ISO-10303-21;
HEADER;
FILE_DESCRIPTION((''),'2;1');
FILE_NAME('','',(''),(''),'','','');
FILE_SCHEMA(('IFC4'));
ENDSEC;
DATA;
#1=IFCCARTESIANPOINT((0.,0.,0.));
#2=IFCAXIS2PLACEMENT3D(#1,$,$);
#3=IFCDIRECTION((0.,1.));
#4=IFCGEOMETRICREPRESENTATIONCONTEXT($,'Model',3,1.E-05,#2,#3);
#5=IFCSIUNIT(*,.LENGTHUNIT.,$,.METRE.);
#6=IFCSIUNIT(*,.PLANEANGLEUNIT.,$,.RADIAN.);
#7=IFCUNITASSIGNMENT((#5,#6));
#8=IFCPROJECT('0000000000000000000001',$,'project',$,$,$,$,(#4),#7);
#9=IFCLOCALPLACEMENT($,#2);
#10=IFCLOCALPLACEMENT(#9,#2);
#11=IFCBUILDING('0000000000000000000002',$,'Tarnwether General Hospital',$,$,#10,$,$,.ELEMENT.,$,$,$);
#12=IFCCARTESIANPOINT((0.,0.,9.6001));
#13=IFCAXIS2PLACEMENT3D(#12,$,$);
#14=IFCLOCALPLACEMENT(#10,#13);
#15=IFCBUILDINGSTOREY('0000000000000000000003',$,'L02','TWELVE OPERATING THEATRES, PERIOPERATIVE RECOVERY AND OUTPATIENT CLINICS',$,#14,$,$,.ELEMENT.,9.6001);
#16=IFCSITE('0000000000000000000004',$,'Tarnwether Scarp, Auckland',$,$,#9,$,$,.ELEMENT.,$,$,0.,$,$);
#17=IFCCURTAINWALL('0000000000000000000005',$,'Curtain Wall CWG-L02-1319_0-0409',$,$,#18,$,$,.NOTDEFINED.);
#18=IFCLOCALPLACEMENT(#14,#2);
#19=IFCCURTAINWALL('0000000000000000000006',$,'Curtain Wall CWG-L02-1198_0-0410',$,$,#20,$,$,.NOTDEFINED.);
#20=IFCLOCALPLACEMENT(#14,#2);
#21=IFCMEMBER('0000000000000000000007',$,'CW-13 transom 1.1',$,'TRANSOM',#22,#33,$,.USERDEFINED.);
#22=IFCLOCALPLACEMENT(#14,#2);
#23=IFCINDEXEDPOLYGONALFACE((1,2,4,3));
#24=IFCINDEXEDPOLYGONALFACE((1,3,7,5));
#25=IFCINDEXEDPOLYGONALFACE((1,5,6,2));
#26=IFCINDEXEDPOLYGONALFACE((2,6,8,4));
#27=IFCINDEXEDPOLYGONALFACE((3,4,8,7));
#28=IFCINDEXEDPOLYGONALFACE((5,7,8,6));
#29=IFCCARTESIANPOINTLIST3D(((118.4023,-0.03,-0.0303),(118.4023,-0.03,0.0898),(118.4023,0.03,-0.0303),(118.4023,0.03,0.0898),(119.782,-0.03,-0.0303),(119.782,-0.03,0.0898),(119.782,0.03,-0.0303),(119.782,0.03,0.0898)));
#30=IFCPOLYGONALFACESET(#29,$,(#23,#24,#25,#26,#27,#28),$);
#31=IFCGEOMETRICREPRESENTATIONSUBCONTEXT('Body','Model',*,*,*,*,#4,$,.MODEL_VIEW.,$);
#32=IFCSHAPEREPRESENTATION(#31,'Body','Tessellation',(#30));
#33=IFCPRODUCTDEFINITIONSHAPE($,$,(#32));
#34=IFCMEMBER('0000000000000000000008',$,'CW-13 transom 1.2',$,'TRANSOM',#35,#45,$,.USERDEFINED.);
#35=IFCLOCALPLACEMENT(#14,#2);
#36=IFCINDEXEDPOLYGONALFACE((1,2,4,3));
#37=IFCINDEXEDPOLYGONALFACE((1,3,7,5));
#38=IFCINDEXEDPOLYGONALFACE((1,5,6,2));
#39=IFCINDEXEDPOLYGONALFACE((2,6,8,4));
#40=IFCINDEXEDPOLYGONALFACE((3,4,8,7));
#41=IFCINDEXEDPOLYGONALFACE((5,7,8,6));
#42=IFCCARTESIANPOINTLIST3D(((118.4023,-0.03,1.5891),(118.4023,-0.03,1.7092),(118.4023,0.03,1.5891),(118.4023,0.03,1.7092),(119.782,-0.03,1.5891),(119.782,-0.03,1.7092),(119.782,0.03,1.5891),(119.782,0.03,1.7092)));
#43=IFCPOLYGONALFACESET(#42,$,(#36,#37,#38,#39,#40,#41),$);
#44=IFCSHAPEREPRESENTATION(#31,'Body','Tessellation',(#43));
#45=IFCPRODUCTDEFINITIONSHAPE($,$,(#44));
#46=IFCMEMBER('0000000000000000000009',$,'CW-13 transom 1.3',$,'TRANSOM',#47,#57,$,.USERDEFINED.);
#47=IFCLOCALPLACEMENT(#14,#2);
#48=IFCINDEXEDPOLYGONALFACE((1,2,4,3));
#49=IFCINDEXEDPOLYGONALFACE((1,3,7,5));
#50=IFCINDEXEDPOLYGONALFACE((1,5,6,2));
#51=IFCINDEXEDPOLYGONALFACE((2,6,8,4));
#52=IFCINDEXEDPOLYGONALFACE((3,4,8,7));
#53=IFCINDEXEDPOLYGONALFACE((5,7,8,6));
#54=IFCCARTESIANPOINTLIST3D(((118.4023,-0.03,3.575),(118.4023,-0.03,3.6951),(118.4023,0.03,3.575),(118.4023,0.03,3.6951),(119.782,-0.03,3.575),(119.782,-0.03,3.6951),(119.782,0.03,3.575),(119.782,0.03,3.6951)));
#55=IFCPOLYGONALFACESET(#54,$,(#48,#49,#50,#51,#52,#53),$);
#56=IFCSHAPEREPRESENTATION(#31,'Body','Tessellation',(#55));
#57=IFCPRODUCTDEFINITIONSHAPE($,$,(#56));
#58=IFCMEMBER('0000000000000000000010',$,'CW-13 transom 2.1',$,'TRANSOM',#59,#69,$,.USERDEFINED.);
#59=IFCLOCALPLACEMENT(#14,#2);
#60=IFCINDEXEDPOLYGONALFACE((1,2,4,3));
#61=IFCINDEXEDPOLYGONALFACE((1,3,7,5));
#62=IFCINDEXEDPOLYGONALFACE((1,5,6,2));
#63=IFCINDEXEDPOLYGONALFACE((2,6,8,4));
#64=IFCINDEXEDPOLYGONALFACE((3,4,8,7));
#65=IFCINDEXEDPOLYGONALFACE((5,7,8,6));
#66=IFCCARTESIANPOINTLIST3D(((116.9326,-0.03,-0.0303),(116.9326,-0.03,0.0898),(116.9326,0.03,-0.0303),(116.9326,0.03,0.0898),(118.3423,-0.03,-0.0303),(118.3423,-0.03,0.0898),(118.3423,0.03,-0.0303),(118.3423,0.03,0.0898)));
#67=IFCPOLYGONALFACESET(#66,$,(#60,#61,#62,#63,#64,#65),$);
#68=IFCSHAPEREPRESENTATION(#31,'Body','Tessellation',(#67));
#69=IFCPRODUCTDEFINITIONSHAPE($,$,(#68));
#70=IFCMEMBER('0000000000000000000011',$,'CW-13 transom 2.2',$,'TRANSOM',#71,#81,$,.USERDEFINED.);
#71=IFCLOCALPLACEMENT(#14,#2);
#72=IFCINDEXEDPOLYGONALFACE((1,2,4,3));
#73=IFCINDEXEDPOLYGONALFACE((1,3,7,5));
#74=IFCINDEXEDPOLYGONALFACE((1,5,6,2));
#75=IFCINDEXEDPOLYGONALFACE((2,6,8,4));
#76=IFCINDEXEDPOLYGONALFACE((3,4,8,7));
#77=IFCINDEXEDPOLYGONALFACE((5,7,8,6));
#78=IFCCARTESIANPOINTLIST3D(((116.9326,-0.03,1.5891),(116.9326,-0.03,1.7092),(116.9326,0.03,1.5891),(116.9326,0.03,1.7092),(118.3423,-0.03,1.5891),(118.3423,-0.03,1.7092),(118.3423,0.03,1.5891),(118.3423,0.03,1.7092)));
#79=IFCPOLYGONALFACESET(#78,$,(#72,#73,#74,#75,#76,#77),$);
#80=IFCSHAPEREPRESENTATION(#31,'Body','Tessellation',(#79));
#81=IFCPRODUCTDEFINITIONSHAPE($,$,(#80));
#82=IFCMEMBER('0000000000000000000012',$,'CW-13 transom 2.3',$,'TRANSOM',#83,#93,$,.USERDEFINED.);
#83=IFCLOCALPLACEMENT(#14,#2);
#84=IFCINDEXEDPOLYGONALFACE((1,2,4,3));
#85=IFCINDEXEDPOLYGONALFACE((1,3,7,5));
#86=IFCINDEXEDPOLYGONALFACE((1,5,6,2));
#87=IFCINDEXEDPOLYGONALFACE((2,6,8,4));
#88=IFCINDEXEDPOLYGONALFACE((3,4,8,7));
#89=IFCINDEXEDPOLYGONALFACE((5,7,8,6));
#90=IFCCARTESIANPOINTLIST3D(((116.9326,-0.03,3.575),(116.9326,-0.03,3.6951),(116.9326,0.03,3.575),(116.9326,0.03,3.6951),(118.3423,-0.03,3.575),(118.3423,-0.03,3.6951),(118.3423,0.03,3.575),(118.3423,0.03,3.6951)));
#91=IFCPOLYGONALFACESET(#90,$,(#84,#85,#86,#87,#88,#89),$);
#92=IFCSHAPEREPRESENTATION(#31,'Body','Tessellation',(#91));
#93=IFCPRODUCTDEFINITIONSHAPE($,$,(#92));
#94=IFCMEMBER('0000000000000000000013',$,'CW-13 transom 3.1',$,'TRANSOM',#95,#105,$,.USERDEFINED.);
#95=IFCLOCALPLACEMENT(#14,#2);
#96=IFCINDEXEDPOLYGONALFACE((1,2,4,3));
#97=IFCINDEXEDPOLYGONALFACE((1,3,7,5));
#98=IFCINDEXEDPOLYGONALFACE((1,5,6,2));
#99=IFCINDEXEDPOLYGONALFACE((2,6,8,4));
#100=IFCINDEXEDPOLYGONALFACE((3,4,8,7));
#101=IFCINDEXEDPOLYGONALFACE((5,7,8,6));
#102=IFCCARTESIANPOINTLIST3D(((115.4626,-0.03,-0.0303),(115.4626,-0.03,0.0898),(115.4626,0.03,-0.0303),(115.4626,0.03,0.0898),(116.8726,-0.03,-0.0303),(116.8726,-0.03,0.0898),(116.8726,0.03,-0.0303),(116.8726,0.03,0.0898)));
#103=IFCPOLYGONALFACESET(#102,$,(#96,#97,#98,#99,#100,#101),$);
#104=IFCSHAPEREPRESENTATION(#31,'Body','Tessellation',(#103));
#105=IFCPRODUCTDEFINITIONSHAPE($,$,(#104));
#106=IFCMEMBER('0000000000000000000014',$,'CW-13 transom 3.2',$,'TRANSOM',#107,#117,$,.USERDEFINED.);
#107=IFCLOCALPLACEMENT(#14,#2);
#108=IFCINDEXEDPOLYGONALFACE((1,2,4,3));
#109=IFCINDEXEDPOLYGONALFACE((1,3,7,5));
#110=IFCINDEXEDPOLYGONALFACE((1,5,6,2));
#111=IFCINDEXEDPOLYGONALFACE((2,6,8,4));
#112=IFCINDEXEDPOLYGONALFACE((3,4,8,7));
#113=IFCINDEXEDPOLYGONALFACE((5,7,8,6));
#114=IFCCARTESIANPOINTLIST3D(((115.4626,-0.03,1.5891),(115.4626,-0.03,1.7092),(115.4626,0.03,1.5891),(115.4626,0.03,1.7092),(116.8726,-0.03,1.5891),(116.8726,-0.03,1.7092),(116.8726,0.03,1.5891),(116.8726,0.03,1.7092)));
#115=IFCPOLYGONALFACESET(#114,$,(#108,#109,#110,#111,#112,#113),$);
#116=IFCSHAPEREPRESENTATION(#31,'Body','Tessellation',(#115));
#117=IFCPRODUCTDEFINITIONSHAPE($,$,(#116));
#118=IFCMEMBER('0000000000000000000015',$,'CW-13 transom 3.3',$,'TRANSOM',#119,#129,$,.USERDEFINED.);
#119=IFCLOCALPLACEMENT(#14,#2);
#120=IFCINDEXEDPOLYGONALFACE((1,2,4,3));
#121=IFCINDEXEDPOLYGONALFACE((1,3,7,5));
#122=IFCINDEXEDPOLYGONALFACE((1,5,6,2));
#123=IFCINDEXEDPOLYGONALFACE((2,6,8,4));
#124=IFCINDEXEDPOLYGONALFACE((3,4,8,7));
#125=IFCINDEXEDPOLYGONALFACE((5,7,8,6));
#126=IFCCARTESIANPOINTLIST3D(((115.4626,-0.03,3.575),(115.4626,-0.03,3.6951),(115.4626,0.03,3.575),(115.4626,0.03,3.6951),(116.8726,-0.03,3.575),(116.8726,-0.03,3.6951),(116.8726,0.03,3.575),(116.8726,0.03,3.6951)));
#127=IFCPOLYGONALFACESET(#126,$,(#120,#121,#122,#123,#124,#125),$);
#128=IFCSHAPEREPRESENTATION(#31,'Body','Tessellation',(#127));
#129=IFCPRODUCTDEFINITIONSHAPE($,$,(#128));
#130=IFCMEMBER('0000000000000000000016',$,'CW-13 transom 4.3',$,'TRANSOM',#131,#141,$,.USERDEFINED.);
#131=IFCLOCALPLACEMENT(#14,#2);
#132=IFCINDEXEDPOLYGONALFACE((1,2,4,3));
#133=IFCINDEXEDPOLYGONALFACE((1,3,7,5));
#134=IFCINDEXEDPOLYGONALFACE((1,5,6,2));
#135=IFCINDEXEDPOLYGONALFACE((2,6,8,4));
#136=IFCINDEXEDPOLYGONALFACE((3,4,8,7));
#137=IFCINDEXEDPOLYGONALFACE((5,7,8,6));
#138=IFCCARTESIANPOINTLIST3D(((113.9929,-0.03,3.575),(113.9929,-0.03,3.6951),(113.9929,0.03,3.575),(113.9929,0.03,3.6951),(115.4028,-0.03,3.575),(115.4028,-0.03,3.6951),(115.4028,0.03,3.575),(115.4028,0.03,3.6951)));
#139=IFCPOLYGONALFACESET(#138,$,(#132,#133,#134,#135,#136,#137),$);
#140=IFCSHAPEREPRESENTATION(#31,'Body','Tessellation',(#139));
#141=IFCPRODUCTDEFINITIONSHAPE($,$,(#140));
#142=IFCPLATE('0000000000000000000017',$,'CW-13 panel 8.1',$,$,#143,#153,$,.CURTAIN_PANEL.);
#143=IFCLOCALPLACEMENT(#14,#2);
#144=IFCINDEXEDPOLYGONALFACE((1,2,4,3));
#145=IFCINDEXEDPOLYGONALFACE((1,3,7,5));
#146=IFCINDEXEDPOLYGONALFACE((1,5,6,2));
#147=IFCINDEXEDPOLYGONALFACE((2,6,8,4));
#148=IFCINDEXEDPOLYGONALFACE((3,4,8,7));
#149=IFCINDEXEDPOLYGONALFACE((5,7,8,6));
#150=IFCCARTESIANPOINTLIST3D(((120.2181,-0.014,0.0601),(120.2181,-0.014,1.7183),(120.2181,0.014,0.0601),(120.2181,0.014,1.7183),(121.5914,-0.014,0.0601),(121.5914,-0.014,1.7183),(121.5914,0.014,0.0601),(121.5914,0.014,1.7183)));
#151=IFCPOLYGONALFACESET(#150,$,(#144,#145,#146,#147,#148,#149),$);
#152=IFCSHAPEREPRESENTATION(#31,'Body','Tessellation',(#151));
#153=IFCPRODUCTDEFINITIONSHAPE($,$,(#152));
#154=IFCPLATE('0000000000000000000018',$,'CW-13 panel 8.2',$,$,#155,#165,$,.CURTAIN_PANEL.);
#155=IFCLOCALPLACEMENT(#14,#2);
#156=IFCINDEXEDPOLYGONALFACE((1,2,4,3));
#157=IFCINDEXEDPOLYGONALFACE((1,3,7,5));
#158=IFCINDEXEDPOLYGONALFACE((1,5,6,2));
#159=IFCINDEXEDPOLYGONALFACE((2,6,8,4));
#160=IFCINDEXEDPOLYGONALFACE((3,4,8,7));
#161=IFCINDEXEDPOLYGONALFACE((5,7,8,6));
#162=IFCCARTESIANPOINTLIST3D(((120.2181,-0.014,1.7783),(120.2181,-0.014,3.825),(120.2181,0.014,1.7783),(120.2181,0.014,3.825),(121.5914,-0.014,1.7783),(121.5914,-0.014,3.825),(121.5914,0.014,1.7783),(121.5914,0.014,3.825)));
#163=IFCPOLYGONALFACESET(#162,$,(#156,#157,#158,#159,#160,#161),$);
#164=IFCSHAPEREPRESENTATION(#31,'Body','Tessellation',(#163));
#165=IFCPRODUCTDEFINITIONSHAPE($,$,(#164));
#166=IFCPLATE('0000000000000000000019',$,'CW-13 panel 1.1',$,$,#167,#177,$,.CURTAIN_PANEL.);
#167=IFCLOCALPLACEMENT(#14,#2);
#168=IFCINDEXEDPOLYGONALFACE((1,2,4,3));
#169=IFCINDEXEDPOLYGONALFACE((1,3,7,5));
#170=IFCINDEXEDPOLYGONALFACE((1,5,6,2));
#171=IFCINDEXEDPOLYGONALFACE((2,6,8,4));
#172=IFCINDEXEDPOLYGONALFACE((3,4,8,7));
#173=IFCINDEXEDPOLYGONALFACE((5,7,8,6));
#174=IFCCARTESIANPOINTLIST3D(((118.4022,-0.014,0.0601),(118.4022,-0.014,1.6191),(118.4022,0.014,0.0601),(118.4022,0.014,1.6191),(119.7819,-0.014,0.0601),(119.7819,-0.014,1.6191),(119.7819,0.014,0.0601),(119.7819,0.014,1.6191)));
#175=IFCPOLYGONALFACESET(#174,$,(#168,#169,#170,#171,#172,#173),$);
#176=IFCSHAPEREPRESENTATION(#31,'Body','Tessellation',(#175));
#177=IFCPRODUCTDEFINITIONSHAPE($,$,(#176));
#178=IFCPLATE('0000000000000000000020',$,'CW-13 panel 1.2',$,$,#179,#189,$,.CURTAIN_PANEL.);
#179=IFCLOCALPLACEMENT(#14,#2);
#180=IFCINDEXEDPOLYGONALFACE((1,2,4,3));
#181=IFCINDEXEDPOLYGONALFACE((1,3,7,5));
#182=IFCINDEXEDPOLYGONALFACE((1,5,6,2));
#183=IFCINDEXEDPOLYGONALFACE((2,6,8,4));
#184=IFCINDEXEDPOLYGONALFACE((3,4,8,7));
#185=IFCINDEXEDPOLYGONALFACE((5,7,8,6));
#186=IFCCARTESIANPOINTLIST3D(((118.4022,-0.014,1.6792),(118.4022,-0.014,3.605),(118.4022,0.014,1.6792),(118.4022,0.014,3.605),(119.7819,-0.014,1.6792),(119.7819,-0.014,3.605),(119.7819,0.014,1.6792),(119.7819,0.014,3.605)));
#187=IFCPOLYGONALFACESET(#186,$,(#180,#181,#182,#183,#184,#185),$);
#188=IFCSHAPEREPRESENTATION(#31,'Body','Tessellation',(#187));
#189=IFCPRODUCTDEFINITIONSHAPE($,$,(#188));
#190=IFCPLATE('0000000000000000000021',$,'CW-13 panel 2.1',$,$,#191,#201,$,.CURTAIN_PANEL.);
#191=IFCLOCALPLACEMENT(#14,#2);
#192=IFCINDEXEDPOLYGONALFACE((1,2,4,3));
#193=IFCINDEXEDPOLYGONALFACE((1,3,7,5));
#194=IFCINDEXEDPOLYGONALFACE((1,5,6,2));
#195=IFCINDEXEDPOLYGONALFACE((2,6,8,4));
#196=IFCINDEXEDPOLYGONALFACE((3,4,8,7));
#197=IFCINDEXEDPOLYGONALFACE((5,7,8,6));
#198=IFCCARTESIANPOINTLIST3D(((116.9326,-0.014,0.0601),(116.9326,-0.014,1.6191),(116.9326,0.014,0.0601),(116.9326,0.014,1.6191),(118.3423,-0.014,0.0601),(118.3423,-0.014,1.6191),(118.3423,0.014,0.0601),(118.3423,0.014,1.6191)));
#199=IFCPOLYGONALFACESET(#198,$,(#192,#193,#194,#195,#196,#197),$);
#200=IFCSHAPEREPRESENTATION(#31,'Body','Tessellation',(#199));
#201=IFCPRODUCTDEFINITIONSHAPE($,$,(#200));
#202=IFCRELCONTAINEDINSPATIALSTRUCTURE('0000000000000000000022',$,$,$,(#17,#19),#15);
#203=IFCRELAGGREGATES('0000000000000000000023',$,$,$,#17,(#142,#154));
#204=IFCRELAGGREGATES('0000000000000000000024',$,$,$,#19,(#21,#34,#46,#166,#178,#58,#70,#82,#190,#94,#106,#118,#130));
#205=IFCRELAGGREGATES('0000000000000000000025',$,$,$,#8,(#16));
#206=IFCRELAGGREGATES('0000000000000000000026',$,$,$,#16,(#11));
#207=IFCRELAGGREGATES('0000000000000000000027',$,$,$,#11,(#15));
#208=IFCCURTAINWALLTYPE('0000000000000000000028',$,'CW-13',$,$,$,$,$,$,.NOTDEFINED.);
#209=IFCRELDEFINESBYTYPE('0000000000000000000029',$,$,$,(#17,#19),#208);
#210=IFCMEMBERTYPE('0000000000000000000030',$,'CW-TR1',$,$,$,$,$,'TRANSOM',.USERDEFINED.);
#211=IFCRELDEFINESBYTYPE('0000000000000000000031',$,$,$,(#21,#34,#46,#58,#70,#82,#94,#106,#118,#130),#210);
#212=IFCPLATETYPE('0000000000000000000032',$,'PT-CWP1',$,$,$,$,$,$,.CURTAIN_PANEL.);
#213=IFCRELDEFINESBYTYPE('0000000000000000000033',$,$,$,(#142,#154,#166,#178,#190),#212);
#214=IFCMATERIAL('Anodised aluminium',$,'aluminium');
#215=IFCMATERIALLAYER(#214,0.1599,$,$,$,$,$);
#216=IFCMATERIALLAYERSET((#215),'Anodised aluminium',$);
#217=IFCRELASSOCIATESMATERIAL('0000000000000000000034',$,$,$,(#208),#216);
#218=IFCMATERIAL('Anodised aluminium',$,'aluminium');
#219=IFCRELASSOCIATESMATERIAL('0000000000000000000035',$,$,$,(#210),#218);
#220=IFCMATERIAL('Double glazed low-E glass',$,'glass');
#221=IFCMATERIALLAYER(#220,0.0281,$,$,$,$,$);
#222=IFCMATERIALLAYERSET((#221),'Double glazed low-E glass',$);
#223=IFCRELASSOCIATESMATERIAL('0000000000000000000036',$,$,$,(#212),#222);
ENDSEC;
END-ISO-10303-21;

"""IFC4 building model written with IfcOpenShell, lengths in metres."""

from ifc_helpers import new_model, si_unit, direction, frame, origin, origin_2d, place, context, subcontext, project, spatial, rectangle, extrude, material, layer, layer_set, material_profile, profile_set, type_object, element, aggregate, save


model = new_model("IFC4")

# Units and contexts
model_context = context("Model", 3, precision=1e-05, world=origin(), true_north=direction((0.0, 1.0)))
body_context = subcontext(model_context, "Body", "Model", "MODEL_VIEW")
ifc_project = project(units=[si_unit("LENGTHUNIT", "METRE"), si_unit("PLANEANGLEUNIT", "RADIAN")], contexts=[model_context])

# Site, building, storey
site_placement = place(None, origin())
site = spatial("IfcSite", under=ifc_project, at=site_placement, Name="Tarnwether Scarp, Auckland", CompositionType="ELEMENT", RefElevation=0.0)
building_placement = place(site_placement, origin())
building = spatial("IfcBuilding", under=site, at=building_placement, Name="Tarnwether General Hospital", CompositionType="ELEMENT")
storey_placement = place(building_placement, frame((0.0, 0.0, 9.6001)))
storey = spatial("IfcBuildingStorey", under=building, at=storey_placement, Name="L02", Description="TWELVE OPERATING THEATRES, PERIOPERATIVE RECOVERY AND OUTPATIENT CLINICS", CompositionType="ELEMENT", Elevation=9.6001)

# Curtain wall
ifc_material_1 = material(Name="Anodised aluminium", Category="aluminium")
ifc_layer_1 = layer(ifc_material_1, 0.1599)
ifc_layer_set_1 = layer_set([ifc_layer_1], Name="Anodised aluminium")
curtain_wall_type = type_object("IfcCurtainWallType", Name="CW-13", PredefinedType="NOTDEFINED", material=ifc_layer_set_1)
curtain_wall_1_placement = place(storey_placement, origin())
curtain_wall_1 = element("IfcCurtainWall", 1, at=curtain_wall_1_placement, inside=storey, type_object=curtain_wall_type, Name="Curtain Wall CWG-L02-1319_0-0409", PredefinedType="NOTDEFINED")

# Curtain wall
curtain_wall_2_placement = place(storey_placement, origin())
curtain_wall_2 = element("IfcCurtainWall", 2, at=curtain_wall_2_placement, inside=storey, type_object=curtain_wall_type, Name="Curtain Wall CWG-L02-1198_0-0410", PredefinedType="NOTDEFINED")

# Members
ifc_material_2 = material(Name="Anodised aluminium", Category="aluminium")
ifc_material_profile_1 = material_profile(ifc_material_2, rectangle(XDim=0.0601, YDim=0.1201, at=origin_2d()), Name="ALU-TRN-60x120")
ifc_profile_set_1 = profile_set([ifc_material_profile_1], Name="Anodised aluminium")
member_type_1 = type_object("IfcMemberType", Name="CW-TR1", ElementType="TRANSOM", PredefinedType="USERDEFINED", material=ifc_profile_set_1)
member_1_placement = place(storey_placement, frame((119.782, 0.0, 0.0298), z_axis=(-1.0, 0.0, 0.0), x_axis=(0.0, -1.0, 0.0)))
member_1 = element("IfcMember", 3, at=member_1_placement, type_object=member_type_1, Name="CW-13 transom 1.1", ObjectType="TRANSOM", PredefinedType="USERDEFINED", context=body_context, shape_type="SweptSolid", body=[
    extrude(rectangle(XDim=0.0601, YDim=0.1201, at=origin_2d()), origin(), (0.0, 0.0, 1.0), 1.3796),
])
member_2_placement = place(storey_placement, frame((119.782, 0.0, 1.6492), z_axis=(-1.0, 0.0, 0.0), x_axis=(0.0, -1.0, 0.0)))
member_2 = element("IfcMember", 4, at=member_2_placement, type_object=member_type_1, Name="CW-13 transom 1.2", ObjectType="TRANSOM", PredefinedType="USERDEFINED", context=body_context, shape_type="SweptSolid", body=[
    extrude(rectangle(XDim=0.0601, YDim=0.1201, at=origin_2d()), origin(), (0.0, 0.0, 1.0), 1.3796),
])
member_3_placement = place(storey_placement, frame((119.782, 0.0, 3.635), z_axis=(-1.0, 0.0, 0.0), x_axis=(0.0, -1.0, 0.0)))
member_3 = element("IfcMember", 5, at=member_3_placement, type_object=member_type_1, Name="CW-13 transom 1.3", ObjectType="TRANSOM", PredefinedType="USERDEFINED", context=body_context, shape_type="SweptSolid", body=[
    extrude(rectangle(XDim=0.0601, YDim=0.1201, at=origin_2d()), origin(), (0.0, 0.0, 1.0), 1.3796),
])
member_4_placement = place(storey_placement, frame((118.3423, 0.0, 0.0298), z_axis=(-1.0, 0.0, 0.0), x_axis=(0.0, -1.0, 0.0)))
member_4 = element("IfcMember", 6, at=member_4_placement, type_object=member_type_1, Name="CW-13 transom 2.1", ObjectType="TRANSOM", PredefinedType="USERDEFINED", context=body_context, shape_type="SweptSolid", body=[
    extrude(rectangle(XDim=0.0601, YDim=0.1201, at=origin_2d()), origin(), (0.0, 0.0, 1.0), 1.4097),
])
member_5_placement = place(storey_placement, frame((118.3423, 0.0, 1.6492), z_axis=(-1.0, 0.0, 0.0), x_axis=(0.0, -1.0, 0.0)))
member_5 = element("IfcMember", 7, at=member_5_placement, type_object=member_type_1, Name="CW-13 transom 2.2", ObjectType="TRANSOM", PredefinedType="USERDEFINED", context=body_context, shape_type="SweptSolid", body=[
    extrude(rectangle(XDim=0.0601, YDim=0.1201, at=origin_2d()), origin(), (0.0, 0.0, 1.0), 1.4097),
])
member_6_placement = place(storey_placement, frame((118.3423, 0.0, 3.635), z_axis=(-1.0, 0.0, 0.0), x_axis=(0.0, -1.0, 0.0)))
member_6 = element("IfcMember", 8, at=member_6_placement, type_object=member_type_1, Name="CW-13 transom 2.3", ObjectType="TRANSOM", PredefinedType="USERDEFINED", context=body_context, shape_type="SweptSolid", body=[
    extrude(rectangle(XDim=0.0601, YDim=0.1201, at=origin_2d()), origin(), (0.0, 0.0, 1.0), 1.4097),
])
member_7_placement = place(storey_placement, frame((116.8726, 0.0, 0.0298), z_axis=(-1.0, 0.0, 0.0), x_axis=(0.0, -1.0, 0.0)))
member_7 = element("IfcMember", 9, at=member_7_placement, type_object=member_type_1, Name="CW-13 transom 3.1", ObjectType="TRANSOM", PredefinedType="USERDEFINED", context=body_context, shape_type="SweptSolid", body=[
    extrude(rectangle(XDim=0.0601, YDim=0.1201, at=origin_2d()), origin(), (0.0, 0.0, 1.0), 1.4099),
])
member_8_placement = place(storey_placement, frame((116.8726, 0.0, 1.6492), z_axis=(-1.0, 0.0, 0.0), x_axis=(0.0, -1.0, 0.0)))
member_8 = element("IfcMember", 10, at=member_8_placement, type_object=member_type_1, Name="CW-13 transom 3.2", ObjectType="TRANSOM", PredefinedType="USERDEFINED", context=body_context, shape_type="SweptSolid", body=[
    extrude(rectangle(XDim=0.0601, YDim=0.1201, at=origin_2d()), origin(), (0.0, 0.0, 1.0), 1.4099),
])
member_9_placement = place(storey_placement, frame((116.8726, 0.0, 3.635), z_axis=(-1.0, 0.0, 0.0), x_axis=(0.0, -1.0, 0.0)))
member_9 = element("IfcMember", 11, at=member_9_placement, type_object=member_type_1, Name="CW-13 transom 3.3", ObjectType="TRANSOM", PredefinedType="USERDEFINED", context=body_context, shape_type="SweptSolid", body=[
    extrude(rectangle(XDim=0.0601, YDim=0.1201, at=origin_2d()), origin(), (0.0, 0.0, 1.0), 1.4099),
])
member_10_placement = place(storey_placement, frame((115.4028, 0.0, 3.635), z_axis=(-1.0, 0.0, 0.0), x_axis=(0.0, -1.0, 0.0)))
member_10 = element("IfcMember", 12, at=member_10_placement, type_object=member_type_1, Name="CW-13 transom 4.3", ObjectType="TRANSOM", PredefinedType="USERDEFINED", context=body_context, shape_type="SweptSolid", body=[
    extrude(rectangle(XDim=0.0601, YDim=0.1201, at=origin_2d()), origin(), (0.0, 0.0, 1.0), 1.4099),
])

# Plates
ifc_material_3 = material(Name="Double glazed low-E glass", Category="glass")
ifc_layer_2 = layer(ifc_material_3, 0.0281)
ifc_layer_set_2 = layer_set([ifc_layer_2], Name="Double glazed low-E glass")
plate_type_1 = type_object("IfcPlateType", Name="PT-CWP1", PredefinedType="CURTAIN_PANEL", material=ifc_layer_set_2)
plate_1_placement = place(storey_placement, frame((120.9048, 0.0, 0.0601), z_axis=(0.0, 0.0, 1.0), x_axis=(-1.0, 0.0, 0.0)))
plate_1 = element("IfcPlate", 13, at=plate_1_placement, type_object=plate_type_1, Name="CW-13 panel 8.1", PredefinedType="CURTAIN_PANEL", context=body_context, shape_type="SweptSolid", body=[
    extrude(rectangle(XDim=1.3733, YDim=0.0281, at=origin_2d()), origin(), (0.0, 0.0, 1.0), 1.6582),
])
plate_2_placement = place(storey_placement, frame((120.9048, 0.0, 1.7783), z_axis=(0.0, 0.0, 1.0), x_axis=(-1.0, 0.0, 0.0)))
plate_2 = element("IfcPlate", 14, at=plate_2_placement, type_object=plate_type_1, Name="CW-13 panel 8.2", PredefinedType="CURTAIN_PANEL", context=body_context, shape_type="SweptSolid", body=[
    extrude(rectangle(XDim=1.3733, YDim=0.0281, at=origin_2d()), origin(), (0.0, 0.0, 1.0), 2.0466),
])
aggregate(curtain_wall_1, [plate_1, plate_2])
plate_3_placement = place(storey_placement, frame((119.092, 0.0, 0.0601), z_axis=(0.0, 0.0, 1.0), x_axis=(-1.0, 0.0, 0.0)))
plate_3 = element("IfcPlate", 15, at=plate_3_placement, type_object=plate_type_1, Name="CW-13 panel 1.1", PredefinedType="CURTAIN_PANEL", context=body_context, shape_type="SweptSolid", body=[
    extrude(rectangle(XDim=1.3796, YDim=0.0281, at=origin_2d()), origin(), (0.0, 0.0, 1.0), 1.5591),
])
plate_4_placement = place(storey_placement, frame((119.092, 0.0, 1.6792), z_axis=(0.0, 0.0, 1.0), x_axis=(-1.0, 0.0, 0.0)))
plate_4 = element("IfcPlate", 16, at=plate_4_placement, type_object=plate_type_1, Name="CW-13 panel 1.2", PredefinedType="CURTAIN_PANEL", context=body_context, shape_type="SweptSolid", body=[
    extrude(rectangle(XDim=1.3796, YDim=0.0281, at=origin_2d()), origin(), (0.0, 0.0, 1.0), 1.9258),
])
plate_5_placement = place(storey_placement, frame((117.6375, 0.0, 0.0601), z_axis=(0.0, 0.0, 1.0), x_axis=(-1.0, 0.0, 0.0)))
plate_5 = element("IfcPlate", 17, at=plate_5_placement, type_object=plate_type_1, Name="CW-13 panel 2.1", PredefinedType="CURTAIN_PANEL", context=body_context, shape_type="SweptSolid", body=[
    extrude(rectangle(XDim=1.4097, YDim=0.0281, at=origin_2d()), origin(), (0.0, 0.0, 1.0), 1.5591),
])
aggregate(curtain_wall_2, [member_1, member_2, member_3, plate_3, plate_4, member_4, member_5, member_6, plate_5, member_7, member_8, member_9, member_10])

save(model, "model.ifc")
